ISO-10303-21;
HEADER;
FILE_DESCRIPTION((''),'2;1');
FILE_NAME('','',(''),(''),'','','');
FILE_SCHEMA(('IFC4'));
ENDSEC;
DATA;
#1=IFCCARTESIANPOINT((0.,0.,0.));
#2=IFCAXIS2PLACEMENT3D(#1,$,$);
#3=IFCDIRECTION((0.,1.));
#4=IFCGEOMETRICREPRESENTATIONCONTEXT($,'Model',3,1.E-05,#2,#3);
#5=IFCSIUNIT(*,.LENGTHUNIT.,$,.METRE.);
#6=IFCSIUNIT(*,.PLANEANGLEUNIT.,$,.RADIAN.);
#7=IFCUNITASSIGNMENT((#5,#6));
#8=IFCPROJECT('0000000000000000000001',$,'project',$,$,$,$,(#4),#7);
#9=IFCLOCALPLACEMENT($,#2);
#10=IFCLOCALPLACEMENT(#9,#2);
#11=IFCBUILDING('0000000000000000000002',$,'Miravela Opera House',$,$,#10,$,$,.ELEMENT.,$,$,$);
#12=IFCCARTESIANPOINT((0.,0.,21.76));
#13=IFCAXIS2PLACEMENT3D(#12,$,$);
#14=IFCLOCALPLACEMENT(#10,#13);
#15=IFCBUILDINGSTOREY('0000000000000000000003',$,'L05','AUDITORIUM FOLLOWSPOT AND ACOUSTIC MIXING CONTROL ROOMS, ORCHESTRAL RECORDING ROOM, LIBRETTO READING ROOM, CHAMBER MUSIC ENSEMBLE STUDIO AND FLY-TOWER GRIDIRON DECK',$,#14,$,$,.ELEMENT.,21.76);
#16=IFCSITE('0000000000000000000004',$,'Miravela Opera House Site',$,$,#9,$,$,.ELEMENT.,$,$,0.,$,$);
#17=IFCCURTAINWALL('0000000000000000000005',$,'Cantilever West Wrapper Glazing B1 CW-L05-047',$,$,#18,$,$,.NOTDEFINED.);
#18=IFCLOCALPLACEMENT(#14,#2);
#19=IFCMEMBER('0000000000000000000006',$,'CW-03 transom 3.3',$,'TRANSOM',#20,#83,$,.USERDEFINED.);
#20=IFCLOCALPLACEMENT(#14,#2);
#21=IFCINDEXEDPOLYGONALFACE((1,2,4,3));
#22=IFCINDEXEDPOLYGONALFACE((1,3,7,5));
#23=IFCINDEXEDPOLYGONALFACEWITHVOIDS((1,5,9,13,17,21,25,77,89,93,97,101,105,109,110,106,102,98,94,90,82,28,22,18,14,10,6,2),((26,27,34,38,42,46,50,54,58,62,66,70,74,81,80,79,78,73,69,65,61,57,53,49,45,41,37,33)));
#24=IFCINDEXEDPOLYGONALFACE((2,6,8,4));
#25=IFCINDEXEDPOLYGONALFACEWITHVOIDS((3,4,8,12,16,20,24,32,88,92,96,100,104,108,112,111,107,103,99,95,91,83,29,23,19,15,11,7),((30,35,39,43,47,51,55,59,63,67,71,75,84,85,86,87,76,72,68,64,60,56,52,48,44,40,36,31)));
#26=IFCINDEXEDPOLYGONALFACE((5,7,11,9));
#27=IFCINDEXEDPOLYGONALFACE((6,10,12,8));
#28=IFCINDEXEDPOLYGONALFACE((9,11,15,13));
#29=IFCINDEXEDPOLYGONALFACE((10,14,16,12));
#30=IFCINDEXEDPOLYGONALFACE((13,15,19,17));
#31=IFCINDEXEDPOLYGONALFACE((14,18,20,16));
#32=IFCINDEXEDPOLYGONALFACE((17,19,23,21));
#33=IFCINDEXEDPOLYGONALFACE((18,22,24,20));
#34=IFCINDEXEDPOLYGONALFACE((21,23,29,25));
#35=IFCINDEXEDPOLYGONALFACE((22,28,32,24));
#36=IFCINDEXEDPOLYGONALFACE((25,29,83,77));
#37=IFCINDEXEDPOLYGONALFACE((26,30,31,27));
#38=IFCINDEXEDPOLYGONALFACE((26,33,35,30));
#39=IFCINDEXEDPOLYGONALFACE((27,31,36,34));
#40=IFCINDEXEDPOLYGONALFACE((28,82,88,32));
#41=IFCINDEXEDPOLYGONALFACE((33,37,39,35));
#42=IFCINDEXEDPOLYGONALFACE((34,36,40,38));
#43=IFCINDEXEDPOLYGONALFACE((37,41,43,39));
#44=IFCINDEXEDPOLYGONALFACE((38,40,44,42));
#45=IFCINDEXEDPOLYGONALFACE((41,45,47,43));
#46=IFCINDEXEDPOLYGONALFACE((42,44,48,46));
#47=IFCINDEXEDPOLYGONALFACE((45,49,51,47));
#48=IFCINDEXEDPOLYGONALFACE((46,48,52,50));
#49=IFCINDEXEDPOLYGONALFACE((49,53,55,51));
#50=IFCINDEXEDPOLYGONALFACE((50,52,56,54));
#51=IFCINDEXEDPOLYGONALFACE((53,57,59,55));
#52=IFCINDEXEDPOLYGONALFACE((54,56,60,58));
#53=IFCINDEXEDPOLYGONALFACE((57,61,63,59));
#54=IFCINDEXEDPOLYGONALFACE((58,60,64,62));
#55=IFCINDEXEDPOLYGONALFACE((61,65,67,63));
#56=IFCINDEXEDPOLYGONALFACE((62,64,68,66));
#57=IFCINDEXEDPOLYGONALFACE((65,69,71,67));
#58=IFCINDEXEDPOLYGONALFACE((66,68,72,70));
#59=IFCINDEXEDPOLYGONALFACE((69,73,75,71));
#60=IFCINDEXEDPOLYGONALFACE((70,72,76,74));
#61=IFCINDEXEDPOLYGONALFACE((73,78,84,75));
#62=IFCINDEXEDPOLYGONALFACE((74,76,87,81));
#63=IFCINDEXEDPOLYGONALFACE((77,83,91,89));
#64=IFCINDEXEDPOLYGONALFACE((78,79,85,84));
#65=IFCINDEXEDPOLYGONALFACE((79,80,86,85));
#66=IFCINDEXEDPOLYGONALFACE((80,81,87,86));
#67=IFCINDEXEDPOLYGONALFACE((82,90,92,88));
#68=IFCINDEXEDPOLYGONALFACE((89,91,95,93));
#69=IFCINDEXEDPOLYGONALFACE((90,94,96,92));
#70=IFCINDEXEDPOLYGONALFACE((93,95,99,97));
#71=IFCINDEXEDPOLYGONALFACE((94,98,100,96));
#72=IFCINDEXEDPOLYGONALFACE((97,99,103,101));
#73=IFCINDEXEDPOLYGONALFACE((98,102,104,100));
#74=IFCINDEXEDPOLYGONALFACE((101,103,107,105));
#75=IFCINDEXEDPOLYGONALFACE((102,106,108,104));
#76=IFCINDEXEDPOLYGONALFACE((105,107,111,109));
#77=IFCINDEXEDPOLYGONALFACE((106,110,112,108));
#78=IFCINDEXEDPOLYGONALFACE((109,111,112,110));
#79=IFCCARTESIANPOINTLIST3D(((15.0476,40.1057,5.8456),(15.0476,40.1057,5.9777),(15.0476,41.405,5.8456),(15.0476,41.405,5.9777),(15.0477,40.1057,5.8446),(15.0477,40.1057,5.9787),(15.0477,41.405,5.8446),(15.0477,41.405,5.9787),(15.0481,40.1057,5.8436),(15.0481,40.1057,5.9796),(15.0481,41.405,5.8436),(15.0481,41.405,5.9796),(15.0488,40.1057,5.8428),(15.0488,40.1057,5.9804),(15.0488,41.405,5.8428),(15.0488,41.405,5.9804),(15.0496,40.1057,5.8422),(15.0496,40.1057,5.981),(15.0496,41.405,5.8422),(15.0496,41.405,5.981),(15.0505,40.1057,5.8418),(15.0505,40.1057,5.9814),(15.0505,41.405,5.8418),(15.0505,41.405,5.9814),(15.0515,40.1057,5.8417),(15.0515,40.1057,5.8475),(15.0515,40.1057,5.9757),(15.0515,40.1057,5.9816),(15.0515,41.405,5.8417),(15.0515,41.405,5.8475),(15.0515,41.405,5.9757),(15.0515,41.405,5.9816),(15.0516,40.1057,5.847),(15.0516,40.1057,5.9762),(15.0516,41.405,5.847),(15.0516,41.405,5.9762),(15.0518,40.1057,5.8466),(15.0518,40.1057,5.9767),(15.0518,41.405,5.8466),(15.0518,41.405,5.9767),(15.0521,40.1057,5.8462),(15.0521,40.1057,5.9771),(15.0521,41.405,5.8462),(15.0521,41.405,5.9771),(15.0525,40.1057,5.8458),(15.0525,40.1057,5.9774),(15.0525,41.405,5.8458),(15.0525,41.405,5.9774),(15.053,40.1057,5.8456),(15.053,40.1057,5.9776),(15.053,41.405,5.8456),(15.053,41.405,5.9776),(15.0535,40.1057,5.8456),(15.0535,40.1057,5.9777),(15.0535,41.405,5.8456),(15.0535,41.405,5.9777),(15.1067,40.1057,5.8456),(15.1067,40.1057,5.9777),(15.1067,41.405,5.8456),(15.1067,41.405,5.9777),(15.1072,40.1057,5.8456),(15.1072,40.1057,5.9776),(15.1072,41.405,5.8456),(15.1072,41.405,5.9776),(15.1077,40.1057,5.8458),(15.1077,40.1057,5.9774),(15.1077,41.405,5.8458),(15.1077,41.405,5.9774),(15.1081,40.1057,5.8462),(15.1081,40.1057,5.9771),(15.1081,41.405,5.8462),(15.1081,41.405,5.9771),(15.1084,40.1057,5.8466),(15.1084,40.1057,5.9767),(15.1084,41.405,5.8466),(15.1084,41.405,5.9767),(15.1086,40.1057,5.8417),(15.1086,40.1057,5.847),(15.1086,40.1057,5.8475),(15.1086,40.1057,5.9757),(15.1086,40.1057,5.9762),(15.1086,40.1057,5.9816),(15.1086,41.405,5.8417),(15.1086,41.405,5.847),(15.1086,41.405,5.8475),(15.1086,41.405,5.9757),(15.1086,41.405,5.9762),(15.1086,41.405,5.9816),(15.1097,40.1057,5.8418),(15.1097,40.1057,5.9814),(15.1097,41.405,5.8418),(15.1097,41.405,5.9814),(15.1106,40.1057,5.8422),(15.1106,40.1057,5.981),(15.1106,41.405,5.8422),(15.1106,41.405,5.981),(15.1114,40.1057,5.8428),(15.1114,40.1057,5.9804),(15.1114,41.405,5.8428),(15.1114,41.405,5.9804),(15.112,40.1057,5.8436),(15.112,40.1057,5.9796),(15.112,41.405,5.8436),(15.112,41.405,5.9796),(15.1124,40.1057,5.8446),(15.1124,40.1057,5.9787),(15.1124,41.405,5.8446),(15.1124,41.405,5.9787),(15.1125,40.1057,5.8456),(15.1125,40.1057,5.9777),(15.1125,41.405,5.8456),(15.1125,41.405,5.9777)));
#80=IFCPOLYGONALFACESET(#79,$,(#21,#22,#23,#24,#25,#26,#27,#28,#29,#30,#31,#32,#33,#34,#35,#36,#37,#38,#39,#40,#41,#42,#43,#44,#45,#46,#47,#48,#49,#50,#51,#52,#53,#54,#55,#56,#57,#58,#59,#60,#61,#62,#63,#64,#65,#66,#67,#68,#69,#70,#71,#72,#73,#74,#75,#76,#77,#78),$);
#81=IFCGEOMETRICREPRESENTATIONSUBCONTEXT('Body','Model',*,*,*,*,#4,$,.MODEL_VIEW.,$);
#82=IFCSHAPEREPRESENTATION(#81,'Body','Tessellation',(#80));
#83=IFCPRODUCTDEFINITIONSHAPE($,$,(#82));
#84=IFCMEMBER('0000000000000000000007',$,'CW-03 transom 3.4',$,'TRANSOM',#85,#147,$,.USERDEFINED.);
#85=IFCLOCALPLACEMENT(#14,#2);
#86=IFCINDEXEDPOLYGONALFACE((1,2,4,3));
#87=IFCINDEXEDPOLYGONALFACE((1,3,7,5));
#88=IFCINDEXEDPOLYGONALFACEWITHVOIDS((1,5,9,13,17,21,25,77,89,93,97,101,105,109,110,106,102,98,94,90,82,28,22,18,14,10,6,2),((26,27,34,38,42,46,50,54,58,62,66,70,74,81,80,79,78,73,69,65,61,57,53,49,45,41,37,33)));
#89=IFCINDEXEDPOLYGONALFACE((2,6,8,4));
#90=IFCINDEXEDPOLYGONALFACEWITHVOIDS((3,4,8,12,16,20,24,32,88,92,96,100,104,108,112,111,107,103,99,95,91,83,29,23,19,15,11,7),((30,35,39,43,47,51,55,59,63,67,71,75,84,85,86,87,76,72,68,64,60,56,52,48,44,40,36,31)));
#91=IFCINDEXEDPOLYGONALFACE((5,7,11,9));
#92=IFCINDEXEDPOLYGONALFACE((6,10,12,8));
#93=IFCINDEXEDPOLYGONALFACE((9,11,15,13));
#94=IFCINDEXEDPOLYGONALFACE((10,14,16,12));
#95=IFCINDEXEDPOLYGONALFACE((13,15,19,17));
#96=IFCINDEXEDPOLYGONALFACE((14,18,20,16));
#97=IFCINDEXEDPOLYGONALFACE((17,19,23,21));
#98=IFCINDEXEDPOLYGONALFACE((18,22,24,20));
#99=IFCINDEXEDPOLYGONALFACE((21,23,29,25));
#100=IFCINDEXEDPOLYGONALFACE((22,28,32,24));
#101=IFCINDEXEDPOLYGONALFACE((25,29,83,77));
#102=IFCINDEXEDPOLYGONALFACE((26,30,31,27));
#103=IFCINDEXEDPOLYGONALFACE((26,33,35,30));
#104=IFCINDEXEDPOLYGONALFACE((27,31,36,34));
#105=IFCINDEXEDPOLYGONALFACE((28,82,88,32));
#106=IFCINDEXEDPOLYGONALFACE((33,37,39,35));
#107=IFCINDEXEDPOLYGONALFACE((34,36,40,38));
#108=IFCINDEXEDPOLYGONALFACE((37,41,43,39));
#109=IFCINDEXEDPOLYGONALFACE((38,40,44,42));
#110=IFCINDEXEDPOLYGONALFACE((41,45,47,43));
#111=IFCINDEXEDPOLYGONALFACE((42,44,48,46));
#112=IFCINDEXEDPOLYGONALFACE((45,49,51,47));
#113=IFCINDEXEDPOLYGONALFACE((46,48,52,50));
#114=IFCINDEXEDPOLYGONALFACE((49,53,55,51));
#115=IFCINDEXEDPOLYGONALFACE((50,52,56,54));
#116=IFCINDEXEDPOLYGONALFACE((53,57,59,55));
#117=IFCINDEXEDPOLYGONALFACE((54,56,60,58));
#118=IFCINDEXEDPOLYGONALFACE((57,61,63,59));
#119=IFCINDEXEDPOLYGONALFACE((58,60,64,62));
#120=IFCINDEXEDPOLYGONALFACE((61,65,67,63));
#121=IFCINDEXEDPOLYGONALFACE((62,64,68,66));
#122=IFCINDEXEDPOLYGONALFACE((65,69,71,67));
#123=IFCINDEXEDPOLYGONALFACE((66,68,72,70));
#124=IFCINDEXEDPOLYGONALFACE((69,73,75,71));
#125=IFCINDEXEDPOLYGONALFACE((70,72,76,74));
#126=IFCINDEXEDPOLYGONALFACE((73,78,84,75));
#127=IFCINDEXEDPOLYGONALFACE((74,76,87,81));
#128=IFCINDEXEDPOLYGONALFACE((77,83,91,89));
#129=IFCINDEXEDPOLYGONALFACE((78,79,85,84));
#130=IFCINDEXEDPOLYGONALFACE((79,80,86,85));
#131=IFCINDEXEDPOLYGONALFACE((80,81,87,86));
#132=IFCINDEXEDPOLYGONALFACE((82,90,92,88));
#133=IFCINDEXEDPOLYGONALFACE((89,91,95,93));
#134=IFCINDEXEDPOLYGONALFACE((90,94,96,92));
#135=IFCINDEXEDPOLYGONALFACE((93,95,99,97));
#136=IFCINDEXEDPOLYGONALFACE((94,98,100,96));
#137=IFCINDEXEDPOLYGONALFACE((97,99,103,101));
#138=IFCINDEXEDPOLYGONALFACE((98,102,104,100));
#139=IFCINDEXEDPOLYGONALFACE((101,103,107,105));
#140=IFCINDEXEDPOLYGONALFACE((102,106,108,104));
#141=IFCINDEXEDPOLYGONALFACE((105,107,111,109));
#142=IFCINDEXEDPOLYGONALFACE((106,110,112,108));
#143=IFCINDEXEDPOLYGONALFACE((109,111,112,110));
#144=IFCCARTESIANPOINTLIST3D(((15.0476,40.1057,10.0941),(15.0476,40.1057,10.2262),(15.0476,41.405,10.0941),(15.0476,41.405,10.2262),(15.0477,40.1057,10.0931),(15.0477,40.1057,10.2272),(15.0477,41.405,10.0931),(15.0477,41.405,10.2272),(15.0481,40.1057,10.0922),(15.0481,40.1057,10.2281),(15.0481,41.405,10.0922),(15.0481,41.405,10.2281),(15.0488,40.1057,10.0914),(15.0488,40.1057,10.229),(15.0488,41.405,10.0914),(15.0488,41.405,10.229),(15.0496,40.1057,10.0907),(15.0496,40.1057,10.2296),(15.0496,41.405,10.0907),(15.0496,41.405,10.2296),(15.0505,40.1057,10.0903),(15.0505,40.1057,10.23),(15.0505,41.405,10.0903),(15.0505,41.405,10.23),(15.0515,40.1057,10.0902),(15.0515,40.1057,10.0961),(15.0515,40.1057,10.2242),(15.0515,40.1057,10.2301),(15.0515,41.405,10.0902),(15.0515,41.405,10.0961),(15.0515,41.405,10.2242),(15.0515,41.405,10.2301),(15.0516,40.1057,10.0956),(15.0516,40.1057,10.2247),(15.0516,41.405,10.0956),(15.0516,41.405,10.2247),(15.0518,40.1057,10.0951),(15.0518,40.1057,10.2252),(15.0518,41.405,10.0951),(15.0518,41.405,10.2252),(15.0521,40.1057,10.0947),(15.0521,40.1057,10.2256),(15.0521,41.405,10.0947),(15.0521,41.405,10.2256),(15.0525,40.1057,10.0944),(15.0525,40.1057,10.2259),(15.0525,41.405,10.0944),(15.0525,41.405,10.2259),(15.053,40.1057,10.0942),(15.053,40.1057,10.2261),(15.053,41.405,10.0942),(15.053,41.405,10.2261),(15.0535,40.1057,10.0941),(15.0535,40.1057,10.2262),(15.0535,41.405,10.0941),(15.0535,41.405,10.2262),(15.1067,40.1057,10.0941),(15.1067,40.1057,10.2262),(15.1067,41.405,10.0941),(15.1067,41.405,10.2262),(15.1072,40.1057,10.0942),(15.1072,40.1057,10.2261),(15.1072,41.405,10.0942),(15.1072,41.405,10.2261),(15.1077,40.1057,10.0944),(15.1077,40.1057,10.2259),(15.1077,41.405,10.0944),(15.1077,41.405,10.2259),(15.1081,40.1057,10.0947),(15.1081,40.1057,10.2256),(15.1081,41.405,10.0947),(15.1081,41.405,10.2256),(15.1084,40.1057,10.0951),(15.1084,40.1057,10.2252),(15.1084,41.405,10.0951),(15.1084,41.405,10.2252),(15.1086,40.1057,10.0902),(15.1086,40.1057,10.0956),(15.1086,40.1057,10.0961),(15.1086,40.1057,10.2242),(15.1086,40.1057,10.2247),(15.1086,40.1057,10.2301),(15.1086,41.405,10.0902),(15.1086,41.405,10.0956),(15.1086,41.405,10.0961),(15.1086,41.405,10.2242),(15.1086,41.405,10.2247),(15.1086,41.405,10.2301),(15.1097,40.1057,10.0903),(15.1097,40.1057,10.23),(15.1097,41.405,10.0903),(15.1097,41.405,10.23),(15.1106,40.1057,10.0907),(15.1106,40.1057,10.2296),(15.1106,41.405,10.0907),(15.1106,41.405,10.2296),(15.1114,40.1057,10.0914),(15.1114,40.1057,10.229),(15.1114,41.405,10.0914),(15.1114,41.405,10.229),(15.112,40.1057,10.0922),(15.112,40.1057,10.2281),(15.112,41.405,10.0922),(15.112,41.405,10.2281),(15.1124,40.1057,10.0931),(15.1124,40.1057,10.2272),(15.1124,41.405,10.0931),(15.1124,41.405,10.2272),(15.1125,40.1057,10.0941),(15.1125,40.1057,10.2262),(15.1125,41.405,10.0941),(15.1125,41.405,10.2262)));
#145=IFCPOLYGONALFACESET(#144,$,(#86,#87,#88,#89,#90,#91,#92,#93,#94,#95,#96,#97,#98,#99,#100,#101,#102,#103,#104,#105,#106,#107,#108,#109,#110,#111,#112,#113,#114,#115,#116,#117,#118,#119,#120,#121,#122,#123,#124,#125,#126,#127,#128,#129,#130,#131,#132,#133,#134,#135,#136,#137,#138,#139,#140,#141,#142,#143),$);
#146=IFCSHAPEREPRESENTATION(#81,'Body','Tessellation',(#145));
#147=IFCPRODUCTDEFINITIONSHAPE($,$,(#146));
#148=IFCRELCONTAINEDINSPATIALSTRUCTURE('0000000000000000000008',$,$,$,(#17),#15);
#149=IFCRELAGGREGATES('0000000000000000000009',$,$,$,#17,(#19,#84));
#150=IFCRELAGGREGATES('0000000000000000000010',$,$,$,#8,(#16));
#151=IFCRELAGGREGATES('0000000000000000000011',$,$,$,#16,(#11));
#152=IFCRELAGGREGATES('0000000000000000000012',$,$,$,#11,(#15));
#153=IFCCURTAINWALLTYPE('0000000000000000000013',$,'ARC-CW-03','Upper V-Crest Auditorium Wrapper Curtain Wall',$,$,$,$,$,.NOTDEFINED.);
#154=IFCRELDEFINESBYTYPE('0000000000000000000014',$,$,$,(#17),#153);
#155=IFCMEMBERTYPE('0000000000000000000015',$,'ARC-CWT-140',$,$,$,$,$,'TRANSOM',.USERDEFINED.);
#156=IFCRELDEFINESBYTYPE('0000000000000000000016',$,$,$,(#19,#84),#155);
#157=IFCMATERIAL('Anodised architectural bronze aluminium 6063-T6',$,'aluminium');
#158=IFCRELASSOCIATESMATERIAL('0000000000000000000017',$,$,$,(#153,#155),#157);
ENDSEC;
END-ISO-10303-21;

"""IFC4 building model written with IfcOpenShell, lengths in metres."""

from ifc_helpers import new_model, si_unit, direction, frame, origin, origin_2d, place, context, subcontext, project, spatial, hollow_rectangle, extrude, material, material_profile, profile_set, type_object, element, aggregate, save


model = new_model("IFC4")

# Units and contexts
model_context = context("Model", 3, precision=1e-05, world=origin(), true_north=direction((0.0, 1.0)))
body_context = subcontext(model_context, "Body", "Model", "MODEL_VIEW")
ifc_project = project(units=[si_unit("LENGTHUNIT", "METRE"), si_unit("PLANEANGLEUNIT", "RADIAN")], contexts=[model_context])

# Site, building, storey
site_placement = place(None, origin())
site = spatial("IfcSite", under=ifc_project, at=site_placement, Name="Miravela Opera House Site", CompositionType="ELEMENT", RefElevation=0.0)
building_placement = place(site_placement, origin())
building = spatial("IfcBuilding", under=site, at=building_placement, Name="Miravela Opera House", CompositionType="ELEMENT")
storey_placement = place(building_placement, frame((0.0, 0.0, 21.76)))
storey = spatial("IfcBuildingStorey", under=building, at=storey_placement, Name="L05", Description="AUDITORIUM FOLLOWSPOT AND ACOUSTIC MIXING CONTROL ROOMS, ORCHESTRAL RECORDING ROOM, LIBRETTO READING ROOM, CHAMBER MUSIC ENSEMBLE STUDIO AND FLY-TOWER GRIDIRON DECK", CompositionType="ELEMENT", Elevation=21.76)

# Curtain wall, members
ifc_material_1 = material(Name="Anodised architectural bronze aluminium 6063-T6", Category="aluminium")
curtain_wall_type = type_object("IfcCurtainWallType", Name="ARC-CW-03", Description="Upper V-Crest Auditorium Wrapper Curtain Wall", PredefinedType="NOTDEFINED", material=ifc_material_1)
curtain_wall_1_placement = place(storey_placement, origin())
curtain_wall_1 = element("IfcCurtainWall", 1, at=curtain_wall_1_placement, inside=storey, type_object=curtain_wall_type, Name="Cantilever West Wrapper Glazing B1 CW-L05-047", PredefinedType="NOTDEFINED")
ifc_material_profile_1 = material_profile(ifc_material_1, hollow_rectangle(XDim=0.0649, YDim=0.1399, WallThickness=0.0039, InnerFilletRadius=0.002, OuterFilletRadius=0.0039, at=origin_2d()), Name="CWT-65X140")
ifc_profile_set_1 = profile_set([ifc_material_profile_1])
member_type_1 = type_object("IfcMemberType", Name="ARC-CWT-140", ElementType="TRANSOM", PredefinedType="USERDEFINED", material=ifc_profile_set_1)
member_1_placement = place(storey_placement, frame((15.0801, 40.1057, 5.9116), z_axis=(0.0, 1.0, 0.0), x_axis=(-1.0, 0.0, 0.0)))
member_1 = element("IfcMember", 2, at=member_1_placement, type_object=member_type_1, Name="CW-03 transom 3.3", ObjectType="TRANSOM", PredefinedType="USERDEFINED", context=body_context, shape_type="SweptSolid", body=[
    extrude(hollow_rectangle(XDim=0.0649, YDim=0.1399, WallThickness=0.0039, InnerFilletRadius=0.002, OuterFilletRadius=0.0039, at=origin_2d()), origin(), (0.0, 0.0, 1.0), 1.2993),
])
member_2_placement = place(storey_placement, frame((15.0801, 40.1057, 10.1602), z_axis=(0.0, 1.0, 0.0), x_axis=(-1.0, 0.0, 0.0)))
member_2 = element("IfcMember", 3, at=member_2_placement, type_object=member_type_1, Name="CW-03 transom 3.4", ObjectType="TRANSOM", PredefinedType="USERDEFINED", context=body_context, shape_type="SweptSolid", body=[
    extrude(hollow_rectangle(XDim=0.0649, YDim=0.1399, WallThickness=0.0039, InnerFilletRadius=0.002, OuterFilletRadius=0.0039, at=origin_2d()), origin(), (0.0, 0.0, 1.0), 1.2993),
])

aggregate(curtain_wall_1, [member_1, member_2])

save(model, "model.ifc")
